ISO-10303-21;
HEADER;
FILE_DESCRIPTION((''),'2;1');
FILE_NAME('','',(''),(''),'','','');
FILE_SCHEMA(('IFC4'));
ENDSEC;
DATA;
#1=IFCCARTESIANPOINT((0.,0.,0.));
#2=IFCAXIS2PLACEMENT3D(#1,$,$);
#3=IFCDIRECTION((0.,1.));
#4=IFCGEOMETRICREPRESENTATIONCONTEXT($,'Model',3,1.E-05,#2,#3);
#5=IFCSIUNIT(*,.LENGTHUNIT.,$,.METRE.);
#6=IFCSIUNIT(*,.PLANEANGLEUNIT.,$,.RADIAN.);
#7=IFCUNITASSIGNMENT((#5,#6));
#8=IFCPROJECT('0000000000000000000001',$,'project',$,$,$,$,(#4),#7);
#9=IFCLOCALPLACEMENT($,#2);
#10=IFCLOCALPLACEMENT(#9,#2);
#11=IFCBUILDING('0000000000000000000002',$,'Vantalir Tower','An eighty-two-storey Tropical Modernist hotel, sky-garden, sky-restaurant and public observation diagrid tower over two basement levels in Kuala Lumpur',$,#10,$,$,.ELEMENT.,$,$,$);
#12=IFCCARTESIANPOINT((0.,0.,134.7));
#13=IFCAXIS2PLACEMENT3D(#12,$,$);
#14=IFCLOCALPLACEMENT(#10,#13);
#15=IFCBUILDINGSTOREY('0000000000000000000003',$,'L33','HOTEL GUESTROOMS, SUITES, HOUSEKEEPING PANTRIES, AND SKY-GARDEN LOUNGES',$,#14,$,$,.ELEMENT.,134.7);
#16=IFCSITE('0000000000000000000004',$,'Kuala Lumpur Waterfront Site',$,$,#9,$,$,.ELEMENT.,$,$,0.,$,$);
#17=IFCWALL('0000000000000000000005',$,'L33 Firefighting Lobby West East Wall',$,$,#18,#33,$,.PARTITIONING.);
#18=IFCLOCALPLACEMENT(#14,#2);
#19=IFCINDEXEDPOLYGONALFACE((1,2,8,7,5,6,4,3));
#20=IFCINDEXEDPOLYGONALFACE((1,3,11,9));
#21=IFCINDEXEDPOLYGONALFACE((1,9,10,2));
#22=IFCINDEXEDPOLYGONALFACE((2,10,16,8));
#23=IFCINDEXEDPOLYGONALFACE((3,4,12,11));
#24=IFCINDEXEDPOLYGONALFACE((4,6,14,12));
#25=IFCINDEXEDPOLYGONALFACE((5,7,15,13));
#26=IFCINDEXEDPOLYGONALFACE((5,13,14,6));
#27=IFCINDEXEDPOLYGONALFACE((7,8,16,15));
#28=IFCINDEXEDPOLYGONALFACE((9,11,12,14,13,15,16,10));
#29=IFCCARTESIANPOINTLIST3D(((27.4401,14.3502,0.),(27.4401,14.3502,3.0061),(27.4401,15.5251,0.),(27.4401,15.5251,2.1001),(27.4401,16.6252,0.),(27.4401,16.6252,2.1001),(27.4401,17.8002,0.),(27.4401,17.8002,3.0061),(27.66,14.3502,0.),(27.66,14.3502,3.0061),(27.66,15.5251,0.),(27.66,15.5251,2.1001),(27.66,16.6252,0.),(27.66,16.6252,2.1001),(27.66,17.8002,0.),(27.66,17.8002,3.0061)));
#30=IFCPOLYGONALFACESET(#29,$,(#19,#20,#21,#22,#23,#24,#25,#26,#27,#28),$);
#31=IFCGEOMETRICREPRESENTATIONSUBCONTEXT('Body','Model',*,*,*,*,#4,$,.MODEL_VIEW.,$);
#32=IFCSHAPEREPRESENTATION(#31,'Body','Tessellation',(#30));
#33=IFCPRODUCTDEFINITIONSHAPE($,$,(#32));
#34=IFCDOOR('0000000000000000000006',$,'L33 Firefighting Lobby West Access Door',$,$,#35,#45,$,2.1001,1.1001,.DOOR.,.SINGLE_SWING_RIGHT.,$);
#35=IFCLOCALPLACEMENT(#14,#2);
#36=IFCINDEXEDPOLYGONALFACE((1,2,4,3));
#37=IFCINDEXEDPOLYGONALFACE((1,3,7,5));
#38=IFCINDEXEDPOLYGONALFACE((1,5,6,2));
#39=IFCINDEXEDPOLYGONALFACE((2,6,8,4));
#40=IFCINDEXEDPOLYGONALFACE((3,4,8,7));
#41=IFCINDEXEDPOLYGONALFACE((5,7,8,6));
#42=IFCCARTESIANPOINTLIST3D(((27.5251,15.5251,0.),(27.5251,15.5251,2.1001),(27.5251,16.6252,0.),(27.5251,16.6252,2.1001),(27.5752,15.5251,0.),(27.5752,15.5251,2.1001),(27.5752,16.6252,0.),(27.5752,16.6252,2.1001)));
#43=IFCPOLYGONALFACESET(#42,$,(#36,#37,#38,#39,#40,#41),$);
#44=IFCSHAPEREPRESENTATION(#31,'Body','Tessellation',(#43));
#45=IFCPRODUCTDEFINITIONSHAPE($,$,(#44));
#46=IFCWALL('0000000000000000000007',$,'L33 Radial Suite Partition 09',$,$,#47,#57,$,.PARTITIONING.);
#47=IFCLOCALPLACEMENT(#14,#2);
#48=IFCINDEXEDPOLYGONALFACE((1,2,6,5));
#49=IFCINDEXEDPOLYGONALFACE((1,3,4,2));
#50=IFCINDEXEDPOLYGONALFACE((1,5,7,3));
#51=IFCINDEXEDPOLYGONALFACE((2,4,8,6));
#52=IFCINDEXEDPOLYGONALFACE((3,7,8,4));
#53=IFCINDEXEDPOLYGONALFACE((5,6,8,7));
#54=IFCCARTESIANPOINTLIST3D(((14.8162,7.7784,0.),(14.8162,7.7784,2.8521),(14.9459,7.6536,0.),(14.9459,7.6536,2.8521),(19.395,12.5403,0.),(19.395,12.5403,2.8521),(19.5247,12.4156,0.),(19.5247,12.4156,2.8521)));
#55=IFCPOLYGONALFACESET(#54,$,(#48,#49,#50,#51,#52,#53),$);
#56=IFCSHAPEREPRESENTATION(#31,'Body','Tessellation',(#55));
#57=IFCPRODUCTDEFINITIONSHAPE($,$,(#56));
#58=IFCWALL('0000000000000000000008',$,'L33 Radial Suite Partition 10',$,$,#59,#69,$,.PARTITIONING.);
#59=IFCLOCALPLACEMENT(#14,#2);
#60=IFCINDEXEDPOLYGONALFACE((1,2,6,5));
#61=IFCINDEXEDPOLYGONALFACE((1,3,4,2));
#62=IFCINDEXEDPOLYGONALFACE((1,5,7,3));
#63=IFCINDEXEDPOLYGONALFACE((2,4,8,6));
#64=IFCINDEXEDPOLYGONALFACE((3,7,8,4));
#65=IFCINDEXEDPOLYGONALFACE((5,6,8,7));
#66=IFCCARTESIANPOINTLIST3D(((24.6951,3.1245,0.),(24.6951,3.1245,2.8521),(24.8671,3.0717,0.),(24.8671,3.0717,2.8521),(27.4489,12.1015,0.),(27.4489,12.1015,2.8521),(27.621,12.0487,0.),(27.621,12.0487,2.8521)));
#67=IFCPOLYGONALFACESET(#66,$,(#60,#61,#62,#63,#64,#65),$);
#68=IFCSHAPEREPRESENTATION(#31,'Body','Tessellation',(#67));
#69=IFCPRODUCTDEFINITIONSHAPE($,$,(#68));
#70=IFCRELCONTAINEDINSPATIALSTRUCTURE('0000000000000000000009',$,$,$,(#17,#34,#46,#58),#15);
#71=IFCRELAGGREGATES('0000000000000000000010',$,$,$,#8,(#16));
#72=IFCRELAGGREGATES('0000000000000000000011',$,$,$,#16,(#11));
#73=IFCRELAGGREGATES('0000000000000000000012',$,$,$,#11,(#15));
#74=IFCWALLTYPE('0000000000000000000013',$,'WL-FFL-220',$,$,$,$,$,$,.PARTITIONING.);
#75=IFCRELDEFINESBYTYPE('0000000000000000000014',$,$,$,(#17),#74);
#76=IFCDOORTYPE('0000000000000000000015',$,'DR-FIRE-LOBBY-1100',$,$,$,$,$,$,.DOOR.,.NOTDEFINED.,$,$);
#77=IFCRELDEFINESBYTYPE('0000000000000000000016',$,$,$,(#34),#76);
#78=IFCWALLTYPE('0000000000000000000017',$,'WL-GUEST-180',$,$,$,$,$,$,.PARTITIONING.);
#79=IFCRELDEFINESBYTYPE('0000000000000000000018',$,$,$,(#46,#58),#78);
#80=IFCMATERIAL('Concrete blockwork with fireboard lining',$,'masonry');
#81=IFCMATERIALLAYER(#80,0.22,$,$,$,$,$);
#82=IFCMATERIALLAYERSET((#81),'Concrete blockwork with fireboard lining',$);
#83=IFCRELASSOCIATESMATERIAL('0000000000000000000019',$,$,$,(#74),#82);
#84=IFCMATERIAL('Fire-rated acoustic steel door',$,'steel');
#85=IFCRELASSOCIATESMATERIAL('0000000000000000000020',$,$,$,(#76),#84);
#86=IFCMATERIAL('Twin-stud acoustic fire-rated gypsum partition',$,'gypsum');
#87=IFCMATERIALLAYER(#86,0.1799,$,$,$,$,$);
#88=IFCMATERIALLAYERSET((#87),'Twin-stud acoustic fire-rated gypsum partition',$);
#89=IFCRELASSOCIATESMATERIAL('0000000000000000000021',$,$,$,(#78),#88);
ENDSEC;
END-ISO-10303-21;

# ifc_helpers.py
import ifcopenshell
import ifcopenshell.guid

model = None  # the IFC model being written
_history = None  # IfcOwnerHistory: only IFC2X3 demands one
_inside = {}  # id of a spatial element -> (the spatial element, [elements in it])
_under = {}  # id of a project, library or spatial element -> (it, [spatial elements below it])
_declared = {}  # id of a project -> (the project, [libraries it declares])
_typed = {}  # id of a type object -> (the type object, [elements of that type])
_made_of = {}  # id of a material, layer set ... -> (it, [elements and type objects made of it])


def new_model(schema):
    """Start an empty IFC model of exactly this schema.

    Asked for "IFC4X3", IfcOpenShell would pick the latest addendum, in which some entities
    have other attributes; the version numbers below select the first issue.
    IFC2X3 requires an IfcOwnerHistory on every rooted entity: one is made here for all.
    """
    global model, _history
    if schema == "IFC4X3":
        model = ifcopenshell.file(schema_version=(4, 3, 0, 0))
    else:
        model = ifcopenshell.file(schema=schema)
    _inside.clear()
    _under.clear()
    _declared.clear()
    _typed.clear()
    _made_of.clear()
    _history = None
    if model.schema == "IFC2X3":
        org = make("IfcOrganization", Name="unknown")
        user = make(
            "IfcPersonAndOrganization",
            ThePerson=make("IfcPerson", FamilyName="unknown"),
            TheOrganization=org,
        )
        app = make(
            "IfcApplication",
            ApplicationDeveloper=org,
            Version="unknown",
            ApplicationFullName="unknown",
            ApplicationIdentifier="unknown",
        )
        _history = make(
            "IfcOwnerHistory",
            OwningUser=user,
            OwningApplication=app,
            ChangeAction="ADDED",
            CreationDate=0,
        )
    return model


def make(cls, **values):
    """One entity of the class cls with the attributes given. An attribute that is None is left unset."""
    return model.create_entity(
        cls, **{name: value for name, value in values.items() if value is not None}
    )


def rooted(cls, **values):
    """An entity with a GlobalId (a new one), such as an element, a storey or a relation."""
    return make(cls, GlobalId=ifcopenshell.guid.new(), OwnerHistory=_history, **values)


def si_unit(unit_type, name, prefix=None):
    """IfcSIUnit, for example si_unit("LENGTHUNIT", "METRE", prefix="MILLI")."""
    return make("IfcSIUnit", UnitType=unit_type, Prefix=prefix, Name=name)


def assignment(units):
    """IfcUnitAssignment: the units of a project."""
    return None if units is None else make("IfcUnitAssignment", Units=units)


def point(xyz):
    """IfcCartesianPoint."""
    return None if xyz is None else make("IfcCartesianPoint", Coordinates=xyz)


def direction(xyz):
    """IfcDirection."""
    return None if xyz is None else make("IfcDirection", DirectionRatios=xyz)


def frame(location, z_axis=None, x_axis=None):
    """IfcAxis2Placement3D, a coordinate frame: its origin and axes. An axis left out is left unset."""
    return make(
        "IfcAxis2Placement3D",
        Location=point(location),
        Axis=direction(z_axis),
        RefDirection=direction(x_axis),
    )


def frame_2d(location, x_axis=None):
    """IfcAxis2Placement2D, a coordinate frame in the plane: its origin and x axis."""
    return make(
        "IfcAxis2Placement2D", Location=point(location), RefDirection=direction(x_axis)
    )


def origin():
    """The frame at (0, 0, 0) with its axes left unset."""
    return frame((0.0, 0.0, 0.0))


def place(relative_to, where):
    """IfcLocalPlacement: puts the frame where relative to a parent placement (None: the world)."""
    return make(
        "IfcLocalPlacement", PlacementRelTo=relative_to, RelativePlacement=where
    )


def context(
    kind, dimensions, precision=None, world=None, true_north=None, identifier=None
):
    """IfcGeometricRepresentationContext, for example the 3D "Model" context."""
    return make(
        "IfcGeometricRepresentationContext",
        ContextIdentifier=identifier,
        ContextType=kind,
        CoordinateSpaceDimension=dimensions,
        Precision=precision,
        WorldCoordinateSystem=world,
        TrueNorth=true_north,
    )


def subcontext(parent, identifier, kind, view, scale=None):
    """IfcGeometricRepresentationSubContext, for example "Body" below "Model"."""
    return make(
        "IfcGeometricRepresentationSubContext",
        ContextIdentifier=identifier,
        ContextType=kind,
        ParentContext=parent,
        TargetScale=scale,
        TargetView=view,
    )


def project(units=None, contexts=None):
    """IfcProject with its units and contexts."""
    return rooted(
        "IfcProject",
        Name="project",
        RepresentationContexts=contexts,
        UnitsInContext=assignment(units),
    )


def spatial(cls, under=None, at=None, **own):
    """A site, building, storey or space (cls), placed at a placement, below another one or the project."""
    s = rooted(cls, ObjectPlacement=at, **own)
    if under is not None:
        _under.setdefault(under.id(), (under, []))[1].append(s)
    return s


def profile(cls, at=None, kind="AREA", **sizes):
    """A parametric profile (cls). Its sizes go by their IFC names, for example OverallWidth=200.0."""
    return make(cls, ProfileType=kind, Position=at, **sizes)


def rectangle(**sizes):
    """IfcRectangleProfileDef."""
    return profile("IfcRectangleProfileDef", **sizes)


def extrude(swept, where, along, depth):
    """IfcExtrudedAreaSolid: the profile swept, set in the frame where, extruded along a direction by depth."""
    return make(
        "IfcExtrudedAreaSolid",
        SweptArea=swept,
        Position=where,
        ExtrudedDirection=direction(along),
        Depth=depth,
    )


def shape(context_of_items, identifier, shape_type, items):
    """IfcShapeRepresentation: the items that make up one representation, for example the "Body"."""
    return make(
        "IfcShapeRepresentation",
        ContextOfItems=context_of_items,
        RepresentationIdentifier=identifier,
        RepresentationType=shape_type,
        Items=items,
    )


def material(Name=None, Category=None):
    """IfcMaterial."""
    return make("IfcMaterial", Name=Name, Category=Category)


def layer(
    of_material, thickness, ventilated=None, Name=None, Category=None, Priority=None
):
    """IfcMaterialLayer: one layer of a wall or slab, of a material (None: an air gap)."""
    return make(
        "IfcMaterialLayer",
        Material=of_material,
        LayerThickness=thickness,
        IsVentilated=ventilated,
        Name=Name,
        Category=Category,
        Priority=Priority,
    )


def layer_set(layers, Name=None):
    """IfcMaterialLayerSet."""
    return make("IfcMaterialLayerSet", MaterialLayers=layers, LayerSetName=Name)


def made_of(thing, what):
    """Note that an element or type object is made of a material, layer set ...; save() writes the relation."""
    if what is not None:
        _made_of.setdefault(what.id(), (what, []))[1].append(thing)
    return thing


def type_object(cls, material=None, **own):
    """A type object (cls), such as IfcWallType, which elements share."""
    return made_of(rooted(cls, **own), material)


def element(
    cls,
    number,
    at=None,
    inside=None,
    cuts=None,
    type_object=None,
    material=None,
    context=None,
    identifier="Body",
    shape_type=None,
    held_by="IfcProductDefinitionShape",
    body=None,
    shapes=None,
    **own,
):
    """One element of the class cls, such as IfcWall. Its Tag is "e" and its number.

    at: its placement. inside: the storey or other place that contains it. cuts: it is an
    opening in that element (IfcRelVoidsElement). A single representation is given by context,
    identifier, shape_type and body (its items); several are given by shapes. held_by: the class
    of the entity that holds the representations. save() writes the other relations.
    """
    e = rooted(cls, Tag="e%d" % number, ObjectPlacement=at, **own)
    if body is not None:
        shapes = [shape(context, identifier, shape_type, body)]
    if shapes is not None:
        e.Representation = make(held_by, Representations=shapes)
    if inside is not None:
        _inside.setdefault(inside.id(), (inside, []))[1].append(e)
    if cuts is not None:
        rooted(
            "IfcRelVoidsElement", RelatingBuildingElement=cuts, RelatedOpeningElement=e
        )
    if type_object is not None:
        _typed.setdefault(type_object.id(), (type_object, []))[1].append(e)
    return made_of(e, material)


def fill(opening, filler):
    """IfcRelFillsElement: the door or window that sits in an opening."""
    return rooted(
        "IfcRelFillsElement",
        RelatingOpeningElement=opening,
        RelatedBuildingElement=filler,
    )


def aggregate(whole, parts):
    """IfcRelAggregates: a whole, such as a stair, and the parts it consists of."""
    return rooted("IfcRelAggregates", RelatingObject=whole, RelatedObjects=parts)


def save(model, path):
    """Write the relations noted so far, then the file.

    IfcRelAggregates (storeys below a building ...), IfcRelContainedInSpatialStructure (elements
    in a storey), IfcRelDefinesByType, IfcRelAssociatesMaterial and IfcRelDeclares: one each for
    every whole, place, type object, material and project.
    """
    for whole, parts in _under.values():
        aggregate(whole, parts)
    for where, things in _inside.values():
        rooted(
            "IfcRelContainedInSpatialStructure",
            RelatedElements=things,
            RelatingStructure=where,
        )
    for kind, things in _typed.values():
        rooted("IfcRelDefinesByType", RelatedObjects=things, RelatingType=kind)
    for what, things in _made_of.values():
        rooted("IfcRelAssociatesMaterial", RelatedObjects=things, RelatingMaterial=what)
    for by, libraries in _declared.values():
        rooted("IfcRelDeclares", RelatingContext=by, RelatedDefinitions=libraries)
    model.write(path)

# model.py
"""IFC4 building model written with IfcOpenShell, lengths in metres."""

from ifc_helpers import new_model, si_unit, direction, frame, frame_2d, origin, place, context, subcontext, project, spatial, rectangle, extrude, material, layer, layer_set, type_object, element, fill, save


model = new_model("IFC4")

# Units and contexts
model_context = context("Model", 3, precision=1e-05, world=origin(), true_north=direction((0.0, 1.0)))
body_context = subcontext(model_context, "Body", "Model", "MODEL_VIEW")
ifc_project = project(units=[si_unit("LENGTHUNIT", "METRE"), si_unit("PLANEANGLEUNIT", "RADIAN")], contexts=[model_context])

# Site, building, storey
site_placement = place(None, origin())
site = spatial("IfcSite", under=ifc_project, at=site_placement, Name="Kuala Lumpur Waterfront Site", CompositionType="ELEMENT", RefElevation=0.0)
building_placement = place(site_placement, origin())
building = spatial("IfcBuilding", under=site, at=building_placement, Name="Vantalir Tower", Description="An eighty-two-storey Tropical Modernist hotel, sky-garden, sky-restaurant and public observation diagrid tower over two basement levels in Kuala Lumpur", CompositionType="ELEMENT")
storey_placement = place(building_placement, frame((0.0, 0.0, 134.7)))
storey = spatial("IfcBuildingStorey", under=building, at=storey_placement, Name="L33", Description="HOTEL GUESTROOMS, SUITES, HOUSEKEEPING PANTRIES, AND SKY-GARDEN LOUNGES", CompositionType="ELEMENT", Elevation=134.7)

# Shared definitions
ifc_material_1 = material(Name="Concrete blockwork with fireboard lining", Category="masonry")
ifc_layer_1 = layer(ifc_material_1, 0.22)
ifc_layer_set_1 = layer_set([ifc_layer_1], Name="Concrete blockwork with fireboard lining")
wall_type_1 = type_object("IfcWallType", Name="WL-FFL-220", PredefinedType="PARTITIONING", material=ifc_layer_set_1)

# Wall, opening, door
wall_1_placement = place(storey_placement, frame((27.55, 14.3501, 0.0), z_axis=(0.0, 0.0, 1.0), x_axis=(0.0, 1.0, 0.0)))
wall_1 = element("IfcWall", 1, at=wall_1_placement, inside=storey, type_object=wall_type_1, Name="L33 Firefighting Lobby West East Wall", PredefinedType="PARTITIONING", context=body_context, shape_type="SweptSolid", body=[
    extrude(rectangle(XDim=3.45, YDim=0.22, at=frame_2d((1.7251, 0.0))), origin(), (0.0, 0.0, 1.0), 3.0061),
])
opening_1_placement = place(wall_1_placement, frame((1.175, 0.0, 0.0)))
opening_1 = element("IfcOpeningElement", 2, at=opening_1_placement, cuts=wall_1, PredefinedType="OPENING", context=body_context, shape_type="SweptSolid", body=[
    extrude(rectangle(XDim=1.1001, YDim=2.1001, at=frame_2d((0.55, 1.05))), frame((0.0, 0.1199, 0.0), z_axis=(0.0, -1.0, 0.0), x_axis=(1.0, 0.0, 0.0)), (0.0, 0.0, 1.0), 0.24),
])
ifc_material_2 = material(Name="Fire-rated acoustic steel door", Category="steel")
door_type_1 = type_object("IfcDoorType", Name="DR-FIRE-LOBBY-1100", OperationType="NOTDEFINED", PredefinedType="DOOR", material=ifc_material_2)
door_1_placement = place(opening_1_placement, origin())
door_1 = element("IfcDoor", 3, at=door_1_placement, inside=storey, type_object=door_type_1, Name="L33 Firefighting Lobby West Access Door", OperationType="SINGLE_SWING_RIGHT", OverallHeight=2.1001, OverallWidth=1.1001, PredefinedType="DOOR", context=body_context, shape_type="SweptSolid", body=[
    extrude(rectangle(XDim=1.1001, YDim=2.1001, at=frame_2d((0.55, 1.05))), frame((0.0, 0.0249, 0.0), z_axis=(0.0, -1.0, 0.0), x_axis=(1.0, 0.0, 0.0)), (0.0, 0.0, 1.0), 0.05),
])
fill(opening_1, door_1)

# Walls
ifc_material_3 = material(Name="Twin-stud acoustic fire-rated gypsum partition", Category="gypsum")
ifc_layer_2 = layer(ifc_material_3, 0.1799)
ifc_layer_set_2 = layer_set([ifc_layer_2], Name="Twin-stud acoustic fire-rated gypsum partition")
wall_type_2 = type_object("IfcWallType", Name="WL-GUEST-180", PredefinedType="PARTITIONING", material=ifc_layer_set_2)
wall_2_placement = place(storey_placement, frame((19.46, 12.478, 0.0), z_axis=(0.0, 0.0, 1.0), x_axis=(-0.693112, -0.72083, 0.0)))
element("IfcWall", 4, at=wall_2_placement, inside=storey, type_object=wall_type_2, Name="L33 Radial Suite Partition 09", PredefinedType="PARTITIONING", context=body_context, shape_type="SweptSolid", body=[
    extrude(rectangle(XDim=6.6062, YDim=0.1799, at=frame_2d((3.3032, 0.0))), origin(), (0.0, 0.0, 1.0), 2.8521),
])
wall_3_placement = place(storey_placement, frame((27.5349, 12.075, 0.0), z_axis=(0.0, 0.0, 1.0), x_axis=(-0.293282, -0.956026, 0.0)))
element("IfcWall", 5, at=wall_3_placement, inside=storey, type_object=wall_type_2, Name="L33 Radial Suite Partition 10", PredefinedType="PARTITIONING", context=body_context, shape_type="SweptSolid", body=[
    extrude(rectangle(XDim=9.3899, YDim=0.1799, at=frame_2d((4.6948, 0.0))), origin(), (0.0, 0.0, 1.0), 2.8521),
])

save(model, "model.ifc")
